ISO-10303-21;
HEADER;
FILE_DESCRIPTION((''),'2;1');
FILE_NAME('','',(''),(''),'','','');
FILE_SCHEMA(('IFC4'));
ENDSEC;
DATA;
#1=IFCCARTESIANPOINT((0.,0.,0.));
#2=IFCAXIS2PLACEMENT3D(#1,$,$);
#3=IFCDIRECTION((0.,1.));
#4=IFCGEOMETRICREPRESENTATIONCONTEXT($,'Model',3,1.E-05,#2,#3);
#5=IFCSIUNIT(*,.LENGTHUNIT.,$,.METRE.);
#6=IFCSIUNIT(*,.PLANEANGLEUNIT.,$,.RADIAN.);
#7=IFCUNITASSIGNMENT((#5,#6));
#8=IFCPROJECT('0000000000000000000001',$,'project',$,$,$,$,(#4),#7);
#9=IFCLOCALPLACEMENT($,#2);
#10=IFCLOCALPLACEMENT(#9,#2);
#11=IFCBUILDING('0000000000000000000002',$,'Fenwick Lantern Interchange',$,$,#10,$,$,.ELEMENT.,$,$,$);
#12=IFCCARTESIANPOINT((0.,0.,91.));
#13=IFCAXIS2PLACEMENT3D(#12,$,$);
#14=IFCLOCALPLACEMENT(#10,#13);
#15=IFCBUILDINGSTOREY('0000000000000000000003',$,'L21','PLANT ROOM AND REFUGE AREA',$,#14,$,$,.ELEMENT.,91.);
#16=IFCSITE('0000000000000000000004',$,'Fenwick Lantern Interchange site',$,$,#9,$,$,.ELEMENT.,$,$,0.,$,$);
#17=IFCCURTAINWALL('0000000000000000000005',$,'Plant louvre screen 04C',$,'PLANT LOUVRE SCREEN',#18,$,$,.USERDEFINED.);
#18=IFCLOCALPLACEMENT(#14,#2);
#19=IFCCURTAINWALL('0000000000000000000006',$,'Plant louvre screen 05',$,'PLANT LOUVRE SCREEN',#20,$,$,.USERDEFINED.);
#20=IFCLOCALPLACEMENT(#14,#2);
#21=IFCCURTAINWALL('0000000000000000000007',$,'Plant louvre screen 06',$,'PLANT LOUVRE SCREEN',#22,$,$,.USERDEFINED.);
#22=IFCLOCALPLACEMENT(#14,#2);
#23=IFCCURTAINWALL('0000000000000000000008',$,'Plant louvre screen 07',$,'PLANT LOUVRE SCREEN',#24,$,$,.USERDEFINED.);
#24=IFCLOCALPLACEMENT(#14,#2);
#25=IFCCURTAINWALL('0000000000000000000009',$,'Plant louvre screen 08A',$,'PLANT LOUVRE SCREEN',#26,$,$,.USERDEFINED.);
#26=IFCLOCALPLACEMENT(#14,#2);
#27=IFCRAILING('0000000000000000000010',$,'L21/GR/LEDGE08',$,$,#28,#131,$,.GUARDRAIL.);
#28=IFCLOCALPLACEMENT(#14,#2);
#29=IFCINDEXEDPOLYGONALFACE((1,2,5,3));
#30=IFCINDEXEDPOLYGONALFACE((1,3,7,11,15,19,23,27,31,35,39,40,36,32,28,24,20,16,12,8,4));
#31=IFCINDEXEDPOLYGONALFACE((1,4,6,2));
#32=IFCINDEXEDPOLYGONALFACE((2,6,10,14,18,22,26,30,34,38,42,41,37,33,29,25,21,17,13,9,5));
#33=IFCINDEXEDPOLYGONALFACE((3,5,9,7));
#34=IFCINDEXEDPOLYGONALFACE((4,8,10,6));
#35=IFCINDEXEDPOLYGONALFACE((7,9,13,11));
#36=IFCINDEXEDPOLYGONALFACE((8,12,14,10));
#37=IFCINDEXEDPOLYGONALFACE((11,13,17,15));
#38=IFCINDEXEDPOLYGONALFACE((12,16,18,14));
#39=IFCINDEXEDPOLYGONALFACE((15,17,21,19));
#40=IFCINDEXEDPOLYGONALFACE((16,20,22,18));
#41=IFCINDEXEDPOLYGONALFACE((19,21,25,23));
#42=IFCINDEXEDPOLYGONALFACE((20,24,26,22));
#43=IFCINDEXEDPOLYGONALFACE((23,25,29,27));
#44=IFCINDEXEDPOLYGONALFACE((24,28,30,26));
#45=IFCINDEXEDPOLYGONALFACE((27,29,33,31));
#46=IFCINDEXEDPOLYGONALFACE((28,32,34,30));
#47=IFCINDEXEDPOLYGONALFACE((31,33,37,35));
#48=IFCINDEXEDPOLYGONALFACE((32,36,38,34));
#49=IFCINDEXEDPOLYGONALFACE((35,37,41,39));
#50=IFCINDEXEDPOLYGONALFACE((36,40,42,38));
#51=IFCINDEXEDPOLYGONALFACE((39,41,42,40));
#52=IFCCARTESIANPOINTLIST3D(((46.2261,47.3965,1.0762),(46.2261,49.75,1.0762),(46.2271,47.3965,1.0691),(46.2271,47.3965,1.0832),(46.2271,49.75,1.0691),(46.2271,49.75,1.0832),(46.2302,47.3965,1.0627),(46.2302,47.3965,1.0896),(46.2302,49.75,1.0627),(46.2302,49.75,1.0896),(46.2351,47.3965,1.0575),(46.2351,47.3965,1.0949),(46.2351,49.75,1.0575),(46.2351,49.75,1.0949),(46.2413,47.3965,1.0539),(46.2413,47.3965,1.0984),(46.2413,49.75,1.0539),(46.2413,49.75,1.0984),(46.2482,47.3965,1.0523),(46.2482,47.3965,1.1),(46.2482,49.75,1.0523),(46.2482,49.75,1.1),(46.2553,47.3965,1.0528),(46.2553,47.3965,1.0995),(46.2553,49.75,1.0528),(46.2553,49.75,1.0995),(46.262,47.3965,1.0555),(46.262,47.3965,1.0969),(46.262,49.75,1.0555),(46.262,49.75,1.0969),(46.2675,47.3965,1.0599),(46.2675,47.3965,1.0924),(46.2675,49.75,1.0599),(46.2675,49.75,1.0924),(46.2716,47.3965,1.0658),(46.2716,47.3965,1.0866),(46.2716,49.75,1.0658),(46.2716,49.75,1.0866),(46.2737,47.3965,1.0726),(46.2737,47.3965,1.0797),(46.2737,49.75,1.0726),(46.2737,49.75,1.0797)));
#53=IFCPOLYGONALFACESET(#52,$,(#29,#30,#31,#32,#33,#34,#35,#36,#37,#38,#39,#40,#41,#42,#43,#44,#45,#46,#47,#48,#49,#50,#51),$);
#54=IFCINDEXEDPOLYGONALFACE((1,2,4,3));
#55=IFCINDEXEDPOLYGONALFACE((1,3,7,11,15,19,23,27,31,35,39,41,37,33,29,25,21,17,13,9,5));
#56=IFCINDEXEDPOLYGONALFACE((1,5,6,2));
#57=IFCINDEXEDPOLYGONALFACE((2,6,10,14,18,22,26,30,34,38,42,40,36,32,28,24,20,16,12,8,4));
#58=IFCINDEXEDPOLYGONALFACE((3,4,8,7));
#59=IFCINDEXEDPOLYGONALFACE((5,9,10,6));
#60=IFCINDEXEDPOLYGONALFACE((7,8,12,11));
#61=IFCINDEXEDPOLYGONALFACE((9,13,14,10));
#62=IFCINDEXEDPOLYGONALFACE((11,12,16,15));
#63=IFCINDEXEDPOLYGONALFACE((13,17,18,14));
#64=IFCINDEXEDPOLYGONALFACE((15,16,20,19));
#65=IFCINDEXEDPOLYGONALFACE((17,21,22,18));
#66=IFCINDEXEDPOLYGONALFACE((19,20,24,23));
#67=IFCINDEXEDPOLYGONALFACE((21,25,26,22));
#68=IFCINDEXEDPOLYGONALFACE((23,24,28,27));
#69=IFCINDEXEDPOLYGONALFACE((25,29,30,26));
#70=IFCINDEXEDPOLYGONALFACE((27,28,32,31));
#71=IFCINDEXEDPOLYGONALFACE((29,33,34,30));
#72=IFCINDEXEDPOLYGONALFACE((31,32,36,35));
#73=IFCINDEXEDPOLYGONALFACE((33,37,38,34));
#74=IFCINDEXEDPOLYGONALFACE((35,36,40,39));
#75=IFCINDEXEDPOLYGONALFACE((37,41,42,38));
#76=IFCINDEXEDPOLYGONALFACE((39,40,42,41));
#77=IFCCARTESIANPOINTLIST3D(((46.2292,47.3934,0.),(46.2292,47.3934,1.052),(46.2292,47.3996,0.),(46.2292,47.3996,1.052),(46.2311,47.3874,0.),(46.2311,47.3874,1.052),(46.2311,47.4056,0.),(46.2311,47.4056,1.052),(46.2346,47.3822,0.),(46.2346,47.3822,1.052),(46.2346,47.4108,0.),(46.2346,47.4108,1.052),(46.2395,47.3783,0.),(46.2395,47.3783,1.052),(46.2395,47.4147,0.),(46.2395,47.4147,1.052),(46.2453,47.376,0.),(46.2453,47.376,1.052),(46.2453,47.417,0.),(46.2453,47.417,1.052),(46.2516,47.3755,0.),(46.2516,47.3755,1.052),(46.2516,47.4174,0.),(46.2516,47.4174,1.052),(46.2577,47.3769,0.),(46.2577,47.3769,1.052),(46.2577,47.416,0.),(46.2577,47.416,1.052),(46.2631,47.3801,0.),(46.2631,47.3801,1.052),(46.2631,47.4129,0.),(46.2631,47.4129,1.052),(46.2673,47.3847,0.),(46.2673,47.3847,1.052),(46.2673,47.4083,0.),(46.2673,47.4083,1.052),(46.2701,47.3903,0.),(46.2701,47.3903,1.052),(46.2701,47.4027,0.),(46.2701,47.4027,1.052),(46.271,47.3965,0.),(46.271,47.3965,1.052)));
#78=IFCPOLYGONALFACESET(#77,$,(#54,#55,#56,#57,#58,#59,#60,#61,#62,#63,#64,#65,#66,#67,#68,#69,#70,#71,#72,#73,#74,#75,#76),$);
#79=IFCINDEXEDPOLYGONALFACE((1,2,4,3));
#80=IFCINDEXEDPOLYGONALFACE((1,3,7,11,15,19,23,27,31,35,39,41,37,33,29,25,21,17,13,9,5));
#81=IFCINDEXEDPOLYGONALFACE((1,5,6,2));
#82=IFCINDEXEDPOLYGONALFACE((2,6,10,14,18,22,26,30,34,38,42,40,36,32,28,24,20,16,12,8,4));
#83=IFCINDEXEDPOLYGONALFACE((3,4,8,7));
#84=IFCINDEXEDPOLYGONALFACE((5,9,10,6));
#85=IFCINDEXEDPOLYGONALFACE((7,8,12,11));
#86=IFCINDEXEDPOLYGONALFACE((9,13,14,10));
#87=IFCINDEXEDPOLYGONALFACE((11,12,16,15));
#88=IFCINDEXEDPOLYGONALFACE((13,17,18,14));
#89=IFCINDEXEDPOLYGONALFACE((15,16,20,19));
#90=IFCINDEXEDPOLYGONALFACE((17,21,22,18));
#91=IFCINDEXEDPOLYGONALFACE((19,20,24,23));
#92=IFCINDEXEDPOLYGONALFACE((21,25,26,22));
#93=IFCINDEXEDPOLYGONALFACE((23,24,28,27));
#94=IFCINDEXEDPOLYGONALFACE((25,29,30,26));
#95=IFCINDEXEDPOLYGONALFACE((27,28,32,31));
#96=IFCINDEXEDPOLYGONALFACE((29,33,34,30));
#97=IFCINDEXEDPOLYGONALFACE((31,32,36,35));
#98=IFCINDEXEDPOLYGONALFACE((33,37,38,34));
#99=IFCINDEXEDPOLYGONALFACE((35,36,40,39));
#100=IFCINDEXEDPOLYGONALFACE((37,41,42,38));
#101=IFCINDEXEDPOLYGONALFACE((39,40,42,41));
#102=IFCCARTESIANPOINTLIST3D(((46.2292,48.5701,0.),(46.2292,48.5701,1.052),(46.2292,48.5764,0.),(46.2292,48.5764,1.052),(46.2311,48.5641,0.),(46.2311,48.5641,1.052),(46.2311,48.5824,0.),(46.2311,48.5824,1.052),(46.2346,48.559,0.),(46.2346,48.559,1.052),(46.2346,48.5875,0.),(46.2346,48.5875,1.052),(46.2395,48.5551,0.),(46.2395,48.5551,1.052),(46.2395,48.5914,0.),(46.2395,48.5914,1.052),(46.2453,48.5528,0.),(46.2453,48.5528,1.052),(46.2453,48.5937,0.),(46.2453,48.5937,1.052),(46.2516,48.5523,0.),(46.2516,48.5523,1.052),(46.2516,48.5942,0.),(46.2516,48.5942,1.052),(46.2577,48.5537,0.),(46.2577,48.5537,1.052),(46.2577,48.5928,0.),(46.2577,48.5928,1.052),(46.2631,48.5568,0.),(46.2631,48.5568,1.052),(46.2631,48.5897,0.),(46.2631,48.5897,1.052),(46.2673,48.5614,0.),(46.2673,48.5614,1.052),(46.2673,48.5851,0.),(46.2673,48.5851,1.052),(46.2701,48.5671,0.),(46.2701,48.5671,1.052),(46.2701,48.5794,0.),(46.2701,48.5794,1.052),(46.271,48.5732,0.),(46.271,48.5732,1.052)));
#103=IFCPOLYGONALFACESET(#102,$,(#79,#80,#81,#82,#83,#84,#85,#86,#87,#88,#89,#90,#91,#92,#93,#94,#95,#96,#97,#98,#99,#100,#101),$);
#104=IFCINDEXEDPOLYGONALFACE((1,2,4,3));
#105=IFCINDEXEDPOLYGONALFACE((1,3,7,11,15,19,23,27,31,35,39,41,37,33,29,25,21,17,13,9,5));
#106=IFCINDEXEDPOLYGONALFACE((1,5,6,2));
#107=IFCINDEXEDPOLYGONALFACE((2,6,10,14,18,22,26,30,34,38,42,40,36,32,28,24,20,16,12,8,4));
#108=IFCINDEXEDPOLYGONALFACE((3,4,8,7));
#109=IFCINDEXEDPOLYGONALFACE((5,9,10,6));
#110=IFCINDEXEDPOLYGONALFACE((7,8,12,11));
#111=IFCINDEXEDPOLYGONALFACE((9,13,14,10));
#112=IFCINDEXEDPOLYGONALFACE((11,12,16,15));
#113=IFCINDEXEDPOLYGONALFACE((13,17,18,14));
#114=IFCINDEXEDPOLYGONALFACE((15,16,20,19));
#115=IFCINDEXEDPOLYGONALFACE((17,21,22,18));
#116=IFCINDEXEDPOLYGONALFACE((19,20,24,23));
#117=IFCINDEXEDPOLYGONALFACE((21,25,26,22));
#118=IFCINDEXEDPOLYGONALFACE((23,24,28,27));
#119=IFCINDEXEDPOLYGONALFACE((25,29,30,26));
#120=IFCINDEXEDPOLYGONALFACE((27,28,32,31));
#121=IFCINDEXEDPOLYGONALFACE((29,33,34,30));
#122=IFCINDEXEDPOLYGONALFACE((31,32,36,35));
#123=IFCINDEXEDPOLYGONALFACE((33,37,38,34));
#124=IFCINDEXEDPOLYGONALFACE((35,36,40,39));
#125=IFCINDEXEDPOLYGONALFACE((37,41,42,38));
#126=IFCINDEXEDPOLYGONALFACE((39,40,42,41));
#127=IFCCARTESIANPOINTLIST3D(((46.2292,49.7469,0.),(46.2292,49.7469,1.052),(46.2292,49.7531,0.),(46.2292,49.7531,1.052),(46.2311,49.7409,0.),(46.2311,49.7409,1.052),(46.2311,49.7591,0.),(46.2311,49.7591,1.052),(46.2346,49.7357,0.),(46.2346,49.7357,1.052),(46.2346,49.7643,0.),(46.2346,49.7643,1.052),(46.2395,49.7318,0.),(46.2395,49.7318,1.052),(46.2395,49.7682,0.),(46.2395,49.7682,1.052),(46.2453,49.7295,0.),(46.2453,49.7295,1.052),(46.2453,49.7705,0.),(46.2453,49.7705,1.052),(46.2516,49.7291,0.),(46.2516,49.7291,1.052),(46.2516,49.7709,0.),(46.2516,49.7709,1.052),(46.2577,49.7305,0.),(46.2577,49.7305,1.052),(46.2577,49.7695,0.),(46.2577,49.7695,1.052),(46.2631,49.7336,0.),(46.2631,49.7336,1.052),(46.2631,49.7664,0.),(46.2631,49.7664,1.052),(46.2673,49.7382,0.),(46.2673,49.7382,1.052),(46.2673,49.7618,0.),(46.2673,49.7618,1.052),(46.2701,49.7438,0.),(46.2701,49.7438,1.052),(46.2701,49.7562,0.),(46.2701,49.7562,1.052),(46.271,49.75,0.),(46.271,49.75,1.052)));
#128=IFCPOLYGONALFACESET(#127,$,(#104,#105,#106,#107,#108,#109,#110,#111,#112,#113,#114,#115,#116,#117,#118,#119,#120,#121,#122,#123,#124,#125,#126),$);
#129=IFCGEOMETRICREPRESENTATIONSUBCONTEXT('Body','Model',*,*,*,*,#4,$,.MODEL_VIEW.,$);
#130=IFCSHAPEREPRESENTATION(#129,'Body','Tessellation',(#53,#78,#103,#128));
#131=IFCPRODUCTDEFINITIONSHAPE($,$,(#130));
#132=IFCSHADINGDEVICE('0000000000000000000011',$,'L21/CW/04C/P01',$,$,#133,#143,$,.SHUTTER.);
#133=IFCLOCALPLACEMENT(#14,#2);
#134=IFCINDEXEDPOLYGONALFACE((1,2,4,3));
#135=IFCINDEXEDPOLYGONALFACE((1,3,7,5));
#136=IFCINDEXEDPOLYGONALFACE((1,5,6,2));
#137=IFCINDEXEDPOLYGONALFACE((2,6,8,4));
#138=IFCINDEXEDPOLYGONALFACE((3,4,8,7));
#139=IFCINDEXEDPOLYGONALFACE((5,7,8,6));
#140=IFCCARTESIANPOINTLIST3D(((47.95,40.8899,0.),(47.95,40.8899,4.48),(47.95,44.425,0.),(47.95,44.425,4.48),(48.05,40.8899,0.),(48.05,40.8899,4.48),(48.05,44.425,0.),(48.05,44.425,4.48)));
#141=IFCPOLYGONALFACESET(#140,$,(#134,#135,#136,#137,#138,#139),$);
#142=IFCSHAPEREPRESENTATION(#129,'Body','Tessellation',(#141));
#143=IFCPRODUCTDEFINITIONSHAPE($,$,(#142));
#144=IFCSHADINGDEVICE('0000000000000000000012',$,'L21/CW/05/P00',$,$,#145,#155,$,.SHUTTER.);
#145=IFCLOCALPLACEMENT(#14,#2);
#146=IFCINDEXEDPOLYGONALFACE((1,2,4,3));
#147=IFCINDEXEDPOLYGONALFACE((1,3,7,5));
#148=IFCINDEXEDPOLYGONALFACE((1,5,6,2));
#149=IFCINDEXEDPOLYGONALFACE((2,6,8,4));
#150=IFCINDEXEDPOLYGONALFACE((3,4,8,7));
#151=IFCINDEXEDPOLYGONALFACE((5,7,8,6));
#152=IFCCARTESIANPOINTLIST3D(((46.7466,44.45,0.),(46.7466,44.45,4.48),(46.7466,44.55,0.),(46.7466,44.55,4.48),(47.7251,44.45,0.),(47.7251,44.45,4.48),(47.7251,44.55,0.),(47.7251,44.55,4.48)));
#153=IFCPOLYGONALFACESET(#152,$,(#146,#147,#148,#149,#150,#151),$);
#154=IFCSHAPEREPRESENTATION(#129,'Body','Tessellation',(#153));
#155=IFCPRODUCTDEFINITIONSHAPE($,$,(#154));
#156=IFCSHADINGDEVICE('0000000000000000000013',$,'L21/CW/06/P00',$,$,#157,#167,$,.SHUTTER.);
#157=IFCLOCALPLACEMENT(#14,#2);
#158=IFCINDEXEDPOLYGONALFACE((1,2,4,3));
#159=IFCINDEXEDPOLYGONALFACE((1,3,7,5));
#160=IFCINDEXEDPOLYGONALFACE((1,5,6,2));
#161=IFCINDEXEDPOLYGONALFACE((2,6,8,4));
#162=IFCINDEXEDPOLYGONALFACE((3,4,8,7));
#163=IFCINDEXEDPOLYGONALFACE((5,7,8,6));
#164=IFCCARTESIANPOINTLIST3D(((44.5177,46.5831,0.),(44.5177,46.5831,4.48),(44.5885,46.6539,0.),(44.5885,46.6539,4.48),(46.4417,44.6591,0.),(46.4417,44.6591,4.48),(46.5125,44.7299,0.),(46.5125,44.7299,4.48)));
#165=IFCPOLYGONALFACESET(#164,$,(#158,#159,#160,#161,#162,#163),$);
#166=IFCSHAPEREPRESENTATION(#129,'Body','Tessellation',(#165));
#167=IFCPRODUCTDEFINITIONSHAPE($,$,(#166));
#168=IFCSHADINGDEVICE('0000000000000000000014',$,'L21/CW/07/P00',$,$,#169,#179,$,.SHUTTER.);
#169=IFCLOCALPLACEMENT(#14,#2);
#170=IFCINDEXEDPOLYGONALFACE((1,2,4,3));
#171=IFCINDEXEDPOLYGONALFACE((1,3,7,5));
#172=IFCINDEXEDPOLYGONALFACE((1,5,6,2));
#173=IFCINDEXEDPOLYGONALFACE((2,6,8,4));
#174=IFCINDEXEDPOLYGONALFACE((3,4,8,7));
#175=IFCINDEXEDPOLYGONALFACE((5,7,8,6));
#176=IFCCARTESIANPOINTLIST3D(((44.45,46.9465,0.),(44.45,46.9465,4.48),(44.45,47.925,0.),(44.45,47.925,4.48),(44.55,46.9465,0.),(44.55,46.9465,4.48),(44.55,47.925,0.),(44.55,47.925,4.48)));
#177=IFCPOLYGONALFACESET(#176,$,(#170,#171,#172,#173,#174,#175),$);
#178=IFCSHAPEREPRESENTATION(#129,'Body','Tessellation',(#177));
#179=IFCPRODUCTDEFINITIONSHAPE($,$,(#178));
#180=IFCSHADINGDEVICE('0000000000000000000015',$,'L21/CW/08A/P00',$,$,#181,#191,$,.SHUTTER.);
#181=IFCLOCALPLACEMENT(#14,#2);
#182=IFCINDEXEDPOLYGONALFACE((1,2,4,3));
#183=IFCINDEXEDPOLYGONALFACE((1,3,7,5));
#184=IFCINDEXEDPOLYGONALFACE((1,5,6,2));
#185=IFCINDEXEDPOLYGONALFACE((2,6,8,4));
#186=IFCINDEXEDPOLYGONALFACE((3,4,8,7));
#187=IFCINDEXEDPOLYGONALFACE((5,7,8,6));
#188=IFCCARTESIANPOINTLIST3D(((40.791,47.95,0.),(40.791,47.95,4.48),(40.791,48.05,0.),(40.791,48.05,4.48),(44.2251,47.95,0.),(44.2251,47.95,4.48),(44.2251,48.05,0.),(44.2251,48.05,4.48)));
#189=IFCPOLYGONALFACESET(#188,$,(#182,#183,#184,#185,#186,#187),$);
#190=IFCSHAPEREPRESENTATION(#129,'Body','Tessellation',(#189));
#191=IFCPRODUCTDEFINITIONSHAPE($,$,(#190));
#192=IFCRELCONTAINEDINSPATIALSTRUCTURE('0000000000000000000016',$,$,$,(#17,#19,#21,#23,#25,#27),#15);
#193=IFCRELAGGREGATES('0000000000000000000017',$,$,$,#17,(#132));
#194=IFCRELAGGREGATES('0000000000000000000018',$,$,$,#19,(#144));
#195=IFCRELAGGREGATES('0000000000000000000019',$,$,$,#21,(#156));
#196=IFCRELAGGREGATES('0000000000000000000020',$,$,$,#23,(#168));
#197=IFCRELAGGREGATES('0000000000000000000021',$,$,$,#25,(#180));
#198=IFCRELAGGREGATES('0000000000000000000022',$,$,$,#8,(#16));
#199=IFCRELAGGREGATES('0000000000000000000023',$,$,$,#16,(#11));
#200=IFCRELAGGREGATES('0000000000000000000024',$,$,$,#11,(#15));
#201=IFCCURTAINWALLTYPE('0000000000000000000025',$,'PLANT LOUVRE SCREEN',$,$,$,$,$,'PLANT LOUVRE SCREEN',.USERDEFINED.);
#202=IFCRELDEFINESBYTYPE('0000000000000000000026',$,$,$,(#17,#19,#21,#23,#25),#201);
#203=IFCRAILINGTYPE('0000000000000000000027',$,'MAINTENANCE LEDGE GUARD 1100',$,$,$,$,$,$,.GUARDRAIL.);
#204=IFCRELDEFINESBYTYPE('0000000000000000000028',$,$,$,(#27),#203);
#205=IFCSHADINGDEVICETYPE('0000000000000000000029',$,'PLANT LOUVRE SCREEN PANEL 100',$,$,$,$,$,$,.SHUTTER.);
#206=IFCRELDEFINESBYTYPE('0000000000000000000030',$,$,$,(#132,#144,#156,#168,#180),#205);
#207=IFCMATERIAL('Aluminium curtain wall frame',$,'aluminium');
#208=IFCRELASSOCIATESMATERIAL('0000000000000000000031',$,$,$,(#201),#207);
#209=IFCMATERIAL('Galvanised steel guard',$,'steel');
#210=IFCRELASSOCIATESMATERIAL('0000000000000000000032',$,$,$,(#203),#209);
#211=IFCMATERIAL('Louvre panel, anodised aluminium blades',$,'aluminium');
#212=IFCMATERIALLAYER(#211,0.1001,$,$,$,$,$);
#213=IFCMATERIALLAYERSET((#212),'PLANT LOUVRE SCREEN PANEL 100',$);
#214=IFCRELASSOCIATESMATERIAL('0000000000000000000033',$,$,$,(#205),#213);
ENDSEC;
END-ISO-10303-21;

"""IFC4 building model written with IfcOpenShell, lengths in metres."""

from ifc_helpers import new_model, si_unit, direction, frame, origin, origin_2d, place, context, subcontext, project, spatial, rectangle, circle, extrude, material, layer, layer_set, type_object, element, aggregate, save


model = new_model("IFC4")

# Units and contexts
model_context = context("Model", 3, precision=1e-05, world=origin(), true_north=direction((0.0, 1.0)))
body_context = subcontext(model_context, "Body", "Model", "MODEL_VIEW")
ifc_project = project(units=[si_unit("LENGTHUNIT", "METRE"), si_unit("PLANEANGLEUNIT", "RADIAN")], contexts=[model_context])

# Site, building, storey
site_placement = place(None, origin())
site = spatial("IfcSite", under=ifc_project, at=site_placement, Name="Fenwick Lantern Interchange site", CompositionType="ELEMENT", RefElevation=0.0)
building_placement = place(site_placement, origin())
building = spatial("IfcBuilding", under=site, at=building_placement, Name="Fenwick Lantern Interchange", CompositionType="ELEMENT")
storey_placement = place(building_placement, frame((0.0, 0.0, 91.0)))
storey = spatial("IfcBuildingStorey", under=building, at=storey_placement, Name="L21", Description="PLANT ROOM AND REFUGE AREA", CompositionType="ELEMENT", Elevation=91.0)

# Curtain wall
ifc_material_1 = material(Name="Aluminium curtain wall frame", Category="aluminium")
curtain_wall_type = type_object("IfcCurtainWallType", Name="PLANT LOUVRE SCREEN", ElementType="PLANT LOUVRE SCREEN", PredefinedType="USERDEFINED", material=ifc_material_1)
curtain_wall_1_placement = place(storey_placement, origin())
curtain_wall_1 = element("IfcCurtainWall", 1, at=curtain_wall_1_placement, inside=storey, type_object=curtain_wall_type, Name="Plant louvre screen 04C", ObjectType="PLANT LOUVRE SCREEN", PredefinedType="USERDEFINED")

# Curtain walls
curtain_wall_2_placement = place(storey_placement, origin())
curtain_wall_2 = element("IfcCurtainWall", 2, at=curtain_wall_2_placement, inside=storey, type_object=curtain_wall_type, Name="Plant louvre screen 05", ObjectType="PLANT LOUVRE SCREEN", PredefinedType="USERDEFINED")
curtain_wall_3_placement = place(storey_placement, origin())
curtain_wall_3 = element("IfcCurtainWall", 3, at=curtain_wall_3_placement, inside=storey, type_object=curtain_wall_type, Name="Plant louvre screen 06", ObjectType="PLANT LOUVRE SCREEN", PredefinedType="USERDEFINED")
curtain_wall_4_placement = place(storey_placement, origin())
curtain_wall_4 = element("IfcCurtainWall", 4, at=curtain_wall_4_placement, inside=storey, type_object=curtain_wall_type, Name="Plant louvre screen 07", ObjectType="PLANT LOUVRE SCREEN", PredefinedType="USERDEFINED")

# Curtain wall
curtain_wall_5_placement = place(storey_placement, origin())
curtain_wall_5 = element("IfcCurtainWall", 5, at=curtain_wall_5_placement, inside=storey, type_object=curtain_wall_type, Name="Plant louvre screen 08A", ObjectType="PLANT LOUVRE SCREEN", PredefinedType="USERDEFINED")

# Railing
ifc_material_2 = material(Name="Galvanised steel guard", Category="steel")
railing_type = type_object("IfcRailingType", Name="MAINTENANCE LEDGE GUARD 1100", PredefinedType="GUARDRAIL", material=ifc_material_2)
railing_1_placement = place(storey_placement, frame((46.25, 47.3965, 0.0)))
element("IfcRailing", 6, at=railing_1_placement, inside=storey, type_object=railing_type, Name="L21/GR/LEDGE08", PredefinedType="GUARDRAIL", context=body_context, shape_type="SweptSolid", body=[
    extrude(circle(Radius=0.0239, at=origin_2d()), frame((0.0, 0.0, 1.0762), z_axis=(0.0, 1.0, 0.0), x_axis=(-1.0, 0.0, 0.0)), (0.0, 0.0, 1.0), 2.3535),
    extrude(circle(Radius=0.021, at=origin_2d()), origin(), (0.0, 0.0, 1.0), 1.052),
    extrude(circle(Radius=0.021, at=origin_2d()), frame((0.0, 1.1768, 0.0)), (0.0, 0.0, 1.0), 1.052),
    extrude(circle(Radius=0.021, at=origin_2d()), frame((0.0, 2.3535, 0.0)), (0.0, 0.0, 1.0), 1.052),
])

# Shading devices
ifc_material_3 = material(Name="Louvre panel, anodised aluminium blades", Category="aluminium")
ifc_layer = layer(ifc_material_3, 0.1001)
ifc_layer_set = layer_set([ifc_layer], Name="PLANT LOUVRE SCREEN PANEL 100")
shading_device_type = type_object("IfcShadingDeviceType", Name="PLANT LOUVRE SCREEN PANEL 100", PredefinedType="SHUTTER", material=ifc_layer_set)
shading_device_1_placement = place(storey_placement, frame((48.0, 42.6575, 0.0), z_axis=(0.0, 0.0, 1.0), x_axis=(0.0, 1.0, 0.0)))
shading_device_1 = element("IfcShadingDevice", 7, at=shading_device_1_placement, type_object=shading_device_type, Name="L21/CW/04C/P01", PredefinedType="SHUTTER", context=body_context, shape_type="SweptSolid", body=[
    extrude(rectangle(XDim=3.5352, YDim=0.1001, at=origin_2d()), origin(), (0.0, 0.0, 1.0), 4.48),
])
aggregate(curtain_wall_1, [shading_device_1])
shading_device_2_placement = place(storey_placement, frame((47.2358, 44.5, 0.0), z_axis=(0.0, 0.0, 1.0), x_axis=(-1.0, 0.0, 0.0)))
shading_device_2 = element("IfcShadingDevice", 8, at=shading_device_2_placement, type_object=shading_device_type, Name="L21/CW/05/P00", PredefinedType="SHUTTER", context=body_context, shape_type="SweptSolid", body=[
    extrude(rectangle(XDim=0.9785, YDim=0.1001, at=origin_2d()), origin(), (0.0, 0.0, 1.0), 4.48),
])
aggregate(curtain_wall_2, [shading_device_2])
shading_device_3_placement = place(storey_placement, frame((45.5151, 45.6565, 0.0), z_axis=(0.0, 0.0, 1.0), x_axis=(-0.707107, 0.707107, 0.0)))
shading_device_3 = element("IfcShadingDevice", 9, at=shading_device_3_placement, type_object=shading_device_type, Name="L21/CW/06/P00", PredefinedType="SHUTTER", context=body_context, shape_type="SweptSolid", body=[
    extrude(rectangle(XDim=2.7209, YDim=0.1001, at=origin_2d()), origin(), (0.0, 0.0, 1.0), 4.48),
])
aggregate(curtain_wall_3, [shading_device_3])
shading_device_4_placement = place(storey_placement, frame((44.5, 47.4358, 0.0), z_axis=(0.0, 0.0, 1.0), x_axis=(0.0, 1.0, 0.0)))
shading_device_4 = element("IfcShadingDevice", 10, at=shading_device_4_placement, type_object=shading_device_type, Name="L21/CW/07/P00", PredefinedType="SHUTTER", context=body_context, shape_type="SweptSolid", body=[
    extrude(rectangle(XDim=0.9785, YDim=0.1001, at=origin_2d()), origin(), (0.0, 0.0, 1.0), 4.48),
])
aggregate(curtain_wall_4, [shading_device_4])
shading_device_5_placement = place(storey_placement, frame((42.5081, 48.0, 0.0), z_axis=(0.0, 0.0, 1.0), x_axis=(-1.0, 0.0, 0.0)))
shading_device_5 = element("IfcShadingDevice", 11, at=shading_device_5_placement, type_object=shading_device_type, Name="L21/CW/08A/P00", PredefinedType="SHUTTER", context=body_context, shape_type="SweptSolid", body=[
    extrude(rectangle(XDim=3.4341, YDim=0.1001, at=origin_2d()), origin(), (0.0, 0.0, 1.0), 4.48),
])
aggregate(curtain_wall_5, [shading_device_5])

save(model, "model.ifc")
